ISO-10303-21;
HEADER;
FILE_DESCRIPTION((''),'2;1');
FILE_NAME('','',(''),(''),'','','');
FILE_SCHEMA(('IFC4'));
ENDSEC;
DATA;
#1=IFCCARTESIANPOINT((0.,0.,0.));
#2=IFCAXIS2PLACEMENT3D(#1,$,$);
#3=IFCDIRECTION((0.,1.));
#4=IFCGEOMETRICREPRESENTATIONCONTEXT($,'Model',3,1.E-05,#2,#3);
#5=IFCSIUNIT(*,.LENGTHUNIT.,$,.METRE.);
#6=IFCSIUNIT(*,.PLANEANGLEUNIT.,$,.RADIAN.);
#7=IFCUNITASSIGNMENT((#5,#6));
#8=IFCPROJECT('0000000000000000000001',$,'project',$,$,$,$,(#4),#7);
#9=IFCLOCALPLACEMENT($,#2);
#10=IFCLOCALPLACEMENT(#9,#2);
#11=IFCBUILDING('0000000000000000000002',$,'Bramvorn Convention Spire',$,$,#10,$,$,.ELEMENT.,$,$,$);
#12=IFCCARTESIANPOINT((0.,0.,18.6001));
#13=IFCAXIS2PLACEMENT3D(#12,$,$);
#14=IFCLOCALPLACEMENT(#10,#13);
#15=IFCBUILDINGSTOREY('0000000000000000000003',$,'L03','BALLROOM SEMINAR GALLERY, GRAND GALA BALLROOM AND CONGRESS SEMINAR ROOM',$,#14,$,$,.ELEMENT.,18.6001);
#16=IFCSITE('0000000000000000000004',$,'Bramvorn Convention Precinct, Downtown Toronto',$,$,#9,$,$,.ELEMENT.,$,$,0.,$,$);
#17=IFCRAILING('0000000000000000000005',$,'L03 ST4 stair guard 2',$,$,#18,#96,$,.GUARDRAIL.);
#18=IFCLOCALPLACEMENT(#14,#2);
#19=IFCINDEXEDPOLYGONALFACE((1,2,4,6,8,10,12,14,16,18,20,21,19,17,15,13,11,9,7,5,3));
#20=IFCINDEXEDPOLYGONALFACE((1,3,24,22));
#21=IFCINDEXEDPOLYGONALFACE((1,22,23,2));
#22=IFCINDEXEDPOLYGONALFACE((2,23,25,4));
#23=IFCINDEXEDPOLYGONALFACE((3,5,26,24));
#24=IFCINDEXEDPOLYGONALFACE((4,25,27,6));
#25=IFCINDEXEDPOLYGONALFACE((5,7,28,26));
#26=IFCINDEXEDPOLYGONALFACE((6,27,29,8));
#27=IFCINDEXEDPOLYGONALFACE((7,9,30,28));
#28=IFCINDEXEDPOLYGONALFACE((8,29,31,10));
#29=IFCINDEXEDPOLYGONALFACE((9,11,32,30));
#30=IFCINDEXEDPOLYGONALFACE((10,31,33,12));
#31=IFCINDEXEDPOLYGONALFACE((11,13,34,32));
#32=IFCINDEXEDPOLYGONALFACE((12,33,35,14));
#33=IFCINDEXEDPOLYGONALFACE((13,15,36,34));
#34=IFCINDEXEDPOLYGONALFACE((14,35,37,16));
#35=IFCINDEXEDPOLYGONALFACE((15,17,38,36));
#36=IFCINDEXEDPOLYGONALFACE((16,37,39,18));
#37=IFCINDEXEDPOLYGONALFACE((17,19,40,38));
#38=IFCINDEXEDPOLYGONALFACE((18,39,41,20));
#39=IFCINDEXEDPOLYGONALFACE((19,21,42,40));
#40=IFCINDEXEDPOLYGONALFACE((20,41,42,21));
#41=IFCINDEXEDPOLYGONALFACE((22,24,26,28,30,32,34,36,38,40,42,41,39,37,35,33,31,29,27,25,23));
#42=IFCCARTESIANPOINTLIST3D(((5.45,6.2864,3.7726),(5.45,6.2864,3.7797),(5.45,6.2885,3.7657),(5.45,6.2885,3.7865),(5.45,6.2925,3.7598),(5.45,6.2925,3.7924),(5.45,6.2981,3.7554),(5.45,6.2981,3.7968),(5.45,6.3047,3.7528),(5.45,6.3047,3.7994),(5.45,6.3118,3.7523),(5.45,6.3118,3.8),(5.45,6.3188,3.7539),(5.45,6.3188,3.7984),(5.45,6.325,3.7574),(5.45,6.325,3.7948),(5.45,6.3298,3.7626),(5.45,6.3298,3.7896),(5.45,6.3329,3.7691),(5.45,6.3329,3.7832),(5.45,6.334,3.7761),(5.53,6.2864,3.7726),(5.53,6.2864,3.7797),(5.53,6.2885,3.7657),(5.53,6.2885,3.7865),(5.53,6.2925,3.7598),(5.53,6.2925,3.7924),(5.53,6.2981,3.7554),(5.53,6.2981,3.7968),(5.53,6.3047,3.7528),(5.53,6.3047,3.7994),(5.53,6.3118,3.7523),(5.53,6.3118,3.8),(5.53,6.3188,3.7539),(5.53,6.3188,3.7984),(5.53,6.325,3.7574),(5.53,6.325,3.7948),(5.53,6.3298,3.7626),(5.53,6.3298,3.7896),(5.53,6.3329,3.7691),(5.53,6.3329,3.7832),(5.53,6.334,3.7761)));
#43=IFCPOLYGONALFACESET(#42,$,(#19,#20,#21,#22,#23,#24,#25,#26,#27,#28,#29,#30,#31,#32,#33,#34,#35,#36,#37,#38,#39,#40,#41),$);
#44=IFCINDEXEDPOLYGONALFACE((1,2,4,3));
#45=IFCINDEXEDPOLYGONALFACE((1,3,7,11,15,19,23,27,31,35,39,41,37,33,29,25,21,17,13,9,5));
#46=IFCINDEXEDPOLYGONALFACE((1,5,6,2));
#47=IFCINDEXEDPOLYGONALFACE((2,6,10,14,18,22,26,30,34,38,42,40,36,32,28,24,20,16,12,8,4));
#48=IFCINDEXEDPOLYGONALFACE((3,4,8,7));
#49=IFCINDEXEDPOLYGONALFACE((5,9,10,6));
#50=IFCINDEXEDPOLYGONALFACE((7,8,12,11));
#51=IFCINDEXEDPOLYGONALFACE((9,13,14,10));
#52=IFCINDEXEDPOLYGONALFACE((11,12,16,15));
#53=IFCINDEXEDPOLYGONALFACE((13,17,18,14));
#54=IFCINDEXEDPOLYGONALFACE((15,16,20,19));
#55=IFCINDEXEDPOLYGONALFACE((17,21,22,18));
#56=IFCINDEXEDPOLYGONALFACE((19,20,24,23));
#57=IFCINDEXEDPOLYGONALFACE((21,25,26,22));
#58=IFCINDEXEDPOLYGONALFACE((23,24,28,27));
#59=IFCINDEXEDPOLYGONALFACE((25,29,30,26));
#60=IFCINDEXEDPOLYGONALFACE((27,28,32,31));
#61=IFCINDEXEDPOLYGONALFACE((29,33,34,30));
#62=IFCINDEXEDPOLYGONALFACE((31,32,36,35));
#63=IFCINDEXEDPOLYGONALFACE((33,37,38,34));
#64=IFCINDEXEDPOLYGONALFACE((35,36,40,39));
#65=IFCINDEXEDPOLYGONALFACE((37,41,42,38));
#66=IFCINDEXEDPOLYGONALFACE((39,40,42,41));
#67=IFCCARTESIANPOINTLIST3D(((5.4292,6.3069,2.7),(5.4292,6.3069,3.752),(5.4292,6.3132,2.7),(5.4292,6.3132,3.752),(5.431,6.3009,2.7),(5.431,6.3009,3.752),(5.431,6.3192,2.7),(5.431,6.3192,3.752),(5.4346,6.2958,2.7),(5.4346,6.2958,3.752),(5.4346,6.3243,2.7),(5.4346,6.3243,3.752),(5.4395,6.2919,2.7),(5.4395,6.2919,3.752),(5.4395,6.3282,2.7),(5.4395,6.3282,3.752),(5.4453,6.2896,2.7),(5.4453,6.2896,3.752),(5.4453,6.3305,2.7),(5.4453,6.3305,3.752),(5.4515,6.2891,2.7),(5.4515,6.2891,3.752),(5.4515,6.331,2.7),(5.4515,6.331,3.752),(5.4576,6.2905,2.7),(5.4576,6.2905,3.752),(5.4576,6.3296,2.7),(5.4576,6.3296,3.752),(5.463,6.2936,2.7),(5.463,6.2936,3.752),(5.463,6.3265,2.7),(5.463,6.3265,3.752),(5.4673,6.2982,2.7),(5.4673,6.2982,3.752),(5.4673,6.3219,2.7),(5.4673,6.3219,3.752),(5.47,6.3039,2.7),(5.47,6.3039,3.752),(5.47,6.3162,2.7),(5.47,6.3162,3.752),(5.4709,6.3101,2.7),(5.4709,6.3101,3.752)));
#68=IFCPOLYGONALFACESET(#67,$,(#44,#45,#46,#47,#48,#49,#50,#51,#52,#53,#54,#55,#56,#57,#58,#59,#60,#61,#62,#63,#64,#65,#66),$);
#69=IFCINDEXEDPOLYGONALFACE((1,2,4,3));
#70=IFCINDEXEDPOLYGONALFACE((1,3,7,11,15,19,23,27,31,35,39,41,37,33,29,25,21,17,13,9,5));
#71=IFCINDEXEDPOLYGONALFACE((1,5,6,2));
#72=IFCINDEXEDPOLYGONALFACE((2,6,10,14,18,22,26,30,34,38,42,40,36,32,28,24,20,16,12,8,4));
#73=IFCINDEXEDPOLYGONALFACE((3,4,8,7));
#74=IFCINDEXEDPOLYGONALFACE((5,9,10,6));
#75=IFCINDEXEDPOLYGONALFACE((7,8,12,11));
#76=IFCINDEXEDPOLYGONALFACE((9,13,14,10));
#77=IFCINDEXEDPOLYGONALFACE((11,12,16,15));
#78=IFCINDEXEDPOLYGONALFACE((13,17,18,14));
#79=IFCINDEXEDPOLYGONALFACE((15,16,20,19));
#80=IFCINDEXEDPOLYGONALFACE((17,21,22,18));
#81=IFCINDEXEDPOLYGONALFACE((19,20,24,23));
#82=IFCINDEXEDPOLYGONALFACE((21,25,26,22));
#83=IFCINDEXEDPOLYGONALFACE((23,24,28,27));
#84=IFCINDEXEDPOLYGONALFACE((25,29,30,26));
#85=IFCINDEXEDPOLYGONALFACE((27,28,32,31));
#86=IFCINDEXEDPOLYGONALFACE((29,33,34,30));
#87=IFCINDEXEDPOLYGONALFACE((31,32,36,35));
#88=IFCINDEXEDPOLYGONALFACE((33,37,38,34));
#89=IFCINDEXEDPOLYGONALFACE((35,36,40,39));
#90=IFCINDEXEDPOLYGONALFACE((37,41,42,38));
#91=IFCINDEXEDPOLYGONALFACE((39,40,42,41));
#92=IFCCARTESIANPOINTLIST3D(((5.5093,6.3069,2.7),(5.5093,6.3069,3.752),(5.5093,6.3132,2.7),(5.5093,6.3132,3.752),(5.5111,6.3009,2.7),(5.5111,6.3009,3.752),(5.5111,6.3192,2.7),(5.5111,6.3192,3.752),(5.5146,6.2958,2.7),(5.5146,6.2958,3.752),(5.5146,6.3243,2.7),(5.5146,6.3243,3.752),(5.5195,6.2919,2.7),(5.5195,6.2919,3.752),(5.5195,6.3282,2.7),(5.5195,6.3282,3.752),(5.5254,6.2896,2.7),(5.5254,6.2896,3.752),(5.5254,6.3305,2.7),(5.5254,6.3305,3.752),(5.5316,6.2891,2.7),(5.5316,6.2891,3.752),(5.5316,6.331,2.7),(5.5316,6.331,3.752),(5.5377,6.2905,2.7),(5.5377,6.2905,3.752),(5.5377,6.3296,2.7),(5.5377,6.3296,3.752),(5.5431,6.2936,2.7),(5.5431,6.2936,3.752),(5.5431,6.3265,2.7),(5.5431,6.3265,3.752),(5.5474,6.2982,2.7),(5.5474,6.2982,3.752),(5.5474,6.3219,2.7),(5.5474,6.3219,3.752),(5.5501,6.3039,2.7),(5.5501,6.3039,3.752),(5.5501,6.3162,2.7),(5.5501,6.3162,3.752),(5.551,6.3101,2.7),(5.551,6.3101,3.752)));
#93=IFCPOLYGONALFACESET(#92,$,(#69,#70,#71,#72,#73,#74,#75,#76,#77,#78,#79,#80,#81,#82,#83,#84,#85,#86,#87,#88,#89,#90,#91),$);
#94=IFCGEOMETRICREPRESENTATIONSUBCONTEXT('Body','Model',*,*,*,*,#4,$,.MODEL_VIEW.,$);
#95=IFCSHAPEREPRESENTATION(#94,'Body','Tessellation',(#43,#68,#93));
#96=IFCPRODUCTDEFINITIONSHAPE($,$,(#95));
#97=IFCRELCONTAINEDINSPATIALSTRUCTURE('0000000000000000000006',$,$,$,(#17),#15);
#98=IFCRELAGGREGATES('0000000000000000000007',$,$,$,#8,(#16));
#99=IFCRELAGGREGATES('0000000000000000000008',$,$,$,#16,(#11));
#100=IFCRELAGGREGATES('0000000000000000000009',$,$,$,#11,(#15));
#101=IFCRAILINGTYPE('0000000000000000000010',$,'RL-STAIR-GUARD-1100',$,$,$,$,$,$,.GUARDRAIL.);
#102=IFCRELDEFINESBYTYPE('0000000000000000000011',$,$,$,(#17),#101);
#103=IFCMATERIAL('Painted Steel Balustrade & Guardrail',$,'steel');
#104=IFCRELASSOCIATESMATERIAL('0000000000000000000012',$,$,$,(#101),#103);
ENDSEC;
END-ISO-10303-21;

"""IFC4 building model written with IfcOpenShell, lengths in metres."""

from ifc_helpers import new_model, si_unit, direction, frame, origin, origin_2d, place, context, subcontext, project, spatial, circle, extrude, material, type_object, element, save


model = new_model("IFC4")

# Units and contexts
model_context = context("Model", 3, precision=1e-05, world=origin(), true_north=direction((0.0, 1.0)))
body_context = subcontext(model_context, "Body", "Model", "MODEL_VIEW")
ifc_project = project(units=[si_unit("LENGTHUNIT", "METRE"), si_unit("PLANEANGLEUNIT", "RADIAN")], contexts=[model_context])

# Site, building, storey
site_placement = place(None, origin())
site = spatial("IfcSite", under=ifc_project, at=site_placement, Name="Bramvorn Convention Precinct, Downtown Toronto", CompositionType="ELEMENT", RefElevation=0.0)
building_placement = place(site_placement, origin())
building = spatial("IfcBuilding", under=site, at=building_placement, Name="Bramvorn Convention Spire", CompositionType="ELEMENT")
storey_placement = place(building_placement, frame((0.0, 0.0, 18.6001)))
storey = spatial("IfcBuildingStorey", under=building, at=storey_placement, Name="L03", Description="BALLROOM SEMINAR GALLERY, GRAND GALA BALLROOM AND CONGRESS SEMINAR ROOM", CompositionType="ELEMENT", Elevation=18.6001)

# Railing
ifc_material_1 = material(Name="Painted Steel Balustrade & Guardrail", Category="steel")
railing_type_1 = type_object("IfcRailingType", Name="RL-STAIR-GUARD-1100", PredefinedType="GUARDRAIL", material=ifc_material_1)
railing_1_placement = place(storey_placement, frame((5.45, 6.3101, 2.7)))
element("IfcRailing", 1, at=railing_1_placement, inside=storey, type_object=railing_type_1, Name="L03 ST4 stair guard 2", PredefinedType="GUARDRAIL", context=body_context, shape_type="SweptSolid", body=[
    extrude(circle(Radius=0.0239, at=origin_2d()), frame((0.0, 0.0, 1.0762), z_axis=(1.0, 0.0, 0.0), x_axis=(0.0, 1.0, 0.0)), (0.0, 0.0, 1.0), 0.0801),
    extrude(circle(Radius=0.021, at=origin_2d()), origin(), (0.0, 0.0, 1.0), 1.052),
    extrude(circle(Radius=0.021, at=origin_2d()), frame((0.0801, 0.0, 0.0)), (0.0, 0.0, 1.0), 1.052),
])

save(model, "model.ifc")
